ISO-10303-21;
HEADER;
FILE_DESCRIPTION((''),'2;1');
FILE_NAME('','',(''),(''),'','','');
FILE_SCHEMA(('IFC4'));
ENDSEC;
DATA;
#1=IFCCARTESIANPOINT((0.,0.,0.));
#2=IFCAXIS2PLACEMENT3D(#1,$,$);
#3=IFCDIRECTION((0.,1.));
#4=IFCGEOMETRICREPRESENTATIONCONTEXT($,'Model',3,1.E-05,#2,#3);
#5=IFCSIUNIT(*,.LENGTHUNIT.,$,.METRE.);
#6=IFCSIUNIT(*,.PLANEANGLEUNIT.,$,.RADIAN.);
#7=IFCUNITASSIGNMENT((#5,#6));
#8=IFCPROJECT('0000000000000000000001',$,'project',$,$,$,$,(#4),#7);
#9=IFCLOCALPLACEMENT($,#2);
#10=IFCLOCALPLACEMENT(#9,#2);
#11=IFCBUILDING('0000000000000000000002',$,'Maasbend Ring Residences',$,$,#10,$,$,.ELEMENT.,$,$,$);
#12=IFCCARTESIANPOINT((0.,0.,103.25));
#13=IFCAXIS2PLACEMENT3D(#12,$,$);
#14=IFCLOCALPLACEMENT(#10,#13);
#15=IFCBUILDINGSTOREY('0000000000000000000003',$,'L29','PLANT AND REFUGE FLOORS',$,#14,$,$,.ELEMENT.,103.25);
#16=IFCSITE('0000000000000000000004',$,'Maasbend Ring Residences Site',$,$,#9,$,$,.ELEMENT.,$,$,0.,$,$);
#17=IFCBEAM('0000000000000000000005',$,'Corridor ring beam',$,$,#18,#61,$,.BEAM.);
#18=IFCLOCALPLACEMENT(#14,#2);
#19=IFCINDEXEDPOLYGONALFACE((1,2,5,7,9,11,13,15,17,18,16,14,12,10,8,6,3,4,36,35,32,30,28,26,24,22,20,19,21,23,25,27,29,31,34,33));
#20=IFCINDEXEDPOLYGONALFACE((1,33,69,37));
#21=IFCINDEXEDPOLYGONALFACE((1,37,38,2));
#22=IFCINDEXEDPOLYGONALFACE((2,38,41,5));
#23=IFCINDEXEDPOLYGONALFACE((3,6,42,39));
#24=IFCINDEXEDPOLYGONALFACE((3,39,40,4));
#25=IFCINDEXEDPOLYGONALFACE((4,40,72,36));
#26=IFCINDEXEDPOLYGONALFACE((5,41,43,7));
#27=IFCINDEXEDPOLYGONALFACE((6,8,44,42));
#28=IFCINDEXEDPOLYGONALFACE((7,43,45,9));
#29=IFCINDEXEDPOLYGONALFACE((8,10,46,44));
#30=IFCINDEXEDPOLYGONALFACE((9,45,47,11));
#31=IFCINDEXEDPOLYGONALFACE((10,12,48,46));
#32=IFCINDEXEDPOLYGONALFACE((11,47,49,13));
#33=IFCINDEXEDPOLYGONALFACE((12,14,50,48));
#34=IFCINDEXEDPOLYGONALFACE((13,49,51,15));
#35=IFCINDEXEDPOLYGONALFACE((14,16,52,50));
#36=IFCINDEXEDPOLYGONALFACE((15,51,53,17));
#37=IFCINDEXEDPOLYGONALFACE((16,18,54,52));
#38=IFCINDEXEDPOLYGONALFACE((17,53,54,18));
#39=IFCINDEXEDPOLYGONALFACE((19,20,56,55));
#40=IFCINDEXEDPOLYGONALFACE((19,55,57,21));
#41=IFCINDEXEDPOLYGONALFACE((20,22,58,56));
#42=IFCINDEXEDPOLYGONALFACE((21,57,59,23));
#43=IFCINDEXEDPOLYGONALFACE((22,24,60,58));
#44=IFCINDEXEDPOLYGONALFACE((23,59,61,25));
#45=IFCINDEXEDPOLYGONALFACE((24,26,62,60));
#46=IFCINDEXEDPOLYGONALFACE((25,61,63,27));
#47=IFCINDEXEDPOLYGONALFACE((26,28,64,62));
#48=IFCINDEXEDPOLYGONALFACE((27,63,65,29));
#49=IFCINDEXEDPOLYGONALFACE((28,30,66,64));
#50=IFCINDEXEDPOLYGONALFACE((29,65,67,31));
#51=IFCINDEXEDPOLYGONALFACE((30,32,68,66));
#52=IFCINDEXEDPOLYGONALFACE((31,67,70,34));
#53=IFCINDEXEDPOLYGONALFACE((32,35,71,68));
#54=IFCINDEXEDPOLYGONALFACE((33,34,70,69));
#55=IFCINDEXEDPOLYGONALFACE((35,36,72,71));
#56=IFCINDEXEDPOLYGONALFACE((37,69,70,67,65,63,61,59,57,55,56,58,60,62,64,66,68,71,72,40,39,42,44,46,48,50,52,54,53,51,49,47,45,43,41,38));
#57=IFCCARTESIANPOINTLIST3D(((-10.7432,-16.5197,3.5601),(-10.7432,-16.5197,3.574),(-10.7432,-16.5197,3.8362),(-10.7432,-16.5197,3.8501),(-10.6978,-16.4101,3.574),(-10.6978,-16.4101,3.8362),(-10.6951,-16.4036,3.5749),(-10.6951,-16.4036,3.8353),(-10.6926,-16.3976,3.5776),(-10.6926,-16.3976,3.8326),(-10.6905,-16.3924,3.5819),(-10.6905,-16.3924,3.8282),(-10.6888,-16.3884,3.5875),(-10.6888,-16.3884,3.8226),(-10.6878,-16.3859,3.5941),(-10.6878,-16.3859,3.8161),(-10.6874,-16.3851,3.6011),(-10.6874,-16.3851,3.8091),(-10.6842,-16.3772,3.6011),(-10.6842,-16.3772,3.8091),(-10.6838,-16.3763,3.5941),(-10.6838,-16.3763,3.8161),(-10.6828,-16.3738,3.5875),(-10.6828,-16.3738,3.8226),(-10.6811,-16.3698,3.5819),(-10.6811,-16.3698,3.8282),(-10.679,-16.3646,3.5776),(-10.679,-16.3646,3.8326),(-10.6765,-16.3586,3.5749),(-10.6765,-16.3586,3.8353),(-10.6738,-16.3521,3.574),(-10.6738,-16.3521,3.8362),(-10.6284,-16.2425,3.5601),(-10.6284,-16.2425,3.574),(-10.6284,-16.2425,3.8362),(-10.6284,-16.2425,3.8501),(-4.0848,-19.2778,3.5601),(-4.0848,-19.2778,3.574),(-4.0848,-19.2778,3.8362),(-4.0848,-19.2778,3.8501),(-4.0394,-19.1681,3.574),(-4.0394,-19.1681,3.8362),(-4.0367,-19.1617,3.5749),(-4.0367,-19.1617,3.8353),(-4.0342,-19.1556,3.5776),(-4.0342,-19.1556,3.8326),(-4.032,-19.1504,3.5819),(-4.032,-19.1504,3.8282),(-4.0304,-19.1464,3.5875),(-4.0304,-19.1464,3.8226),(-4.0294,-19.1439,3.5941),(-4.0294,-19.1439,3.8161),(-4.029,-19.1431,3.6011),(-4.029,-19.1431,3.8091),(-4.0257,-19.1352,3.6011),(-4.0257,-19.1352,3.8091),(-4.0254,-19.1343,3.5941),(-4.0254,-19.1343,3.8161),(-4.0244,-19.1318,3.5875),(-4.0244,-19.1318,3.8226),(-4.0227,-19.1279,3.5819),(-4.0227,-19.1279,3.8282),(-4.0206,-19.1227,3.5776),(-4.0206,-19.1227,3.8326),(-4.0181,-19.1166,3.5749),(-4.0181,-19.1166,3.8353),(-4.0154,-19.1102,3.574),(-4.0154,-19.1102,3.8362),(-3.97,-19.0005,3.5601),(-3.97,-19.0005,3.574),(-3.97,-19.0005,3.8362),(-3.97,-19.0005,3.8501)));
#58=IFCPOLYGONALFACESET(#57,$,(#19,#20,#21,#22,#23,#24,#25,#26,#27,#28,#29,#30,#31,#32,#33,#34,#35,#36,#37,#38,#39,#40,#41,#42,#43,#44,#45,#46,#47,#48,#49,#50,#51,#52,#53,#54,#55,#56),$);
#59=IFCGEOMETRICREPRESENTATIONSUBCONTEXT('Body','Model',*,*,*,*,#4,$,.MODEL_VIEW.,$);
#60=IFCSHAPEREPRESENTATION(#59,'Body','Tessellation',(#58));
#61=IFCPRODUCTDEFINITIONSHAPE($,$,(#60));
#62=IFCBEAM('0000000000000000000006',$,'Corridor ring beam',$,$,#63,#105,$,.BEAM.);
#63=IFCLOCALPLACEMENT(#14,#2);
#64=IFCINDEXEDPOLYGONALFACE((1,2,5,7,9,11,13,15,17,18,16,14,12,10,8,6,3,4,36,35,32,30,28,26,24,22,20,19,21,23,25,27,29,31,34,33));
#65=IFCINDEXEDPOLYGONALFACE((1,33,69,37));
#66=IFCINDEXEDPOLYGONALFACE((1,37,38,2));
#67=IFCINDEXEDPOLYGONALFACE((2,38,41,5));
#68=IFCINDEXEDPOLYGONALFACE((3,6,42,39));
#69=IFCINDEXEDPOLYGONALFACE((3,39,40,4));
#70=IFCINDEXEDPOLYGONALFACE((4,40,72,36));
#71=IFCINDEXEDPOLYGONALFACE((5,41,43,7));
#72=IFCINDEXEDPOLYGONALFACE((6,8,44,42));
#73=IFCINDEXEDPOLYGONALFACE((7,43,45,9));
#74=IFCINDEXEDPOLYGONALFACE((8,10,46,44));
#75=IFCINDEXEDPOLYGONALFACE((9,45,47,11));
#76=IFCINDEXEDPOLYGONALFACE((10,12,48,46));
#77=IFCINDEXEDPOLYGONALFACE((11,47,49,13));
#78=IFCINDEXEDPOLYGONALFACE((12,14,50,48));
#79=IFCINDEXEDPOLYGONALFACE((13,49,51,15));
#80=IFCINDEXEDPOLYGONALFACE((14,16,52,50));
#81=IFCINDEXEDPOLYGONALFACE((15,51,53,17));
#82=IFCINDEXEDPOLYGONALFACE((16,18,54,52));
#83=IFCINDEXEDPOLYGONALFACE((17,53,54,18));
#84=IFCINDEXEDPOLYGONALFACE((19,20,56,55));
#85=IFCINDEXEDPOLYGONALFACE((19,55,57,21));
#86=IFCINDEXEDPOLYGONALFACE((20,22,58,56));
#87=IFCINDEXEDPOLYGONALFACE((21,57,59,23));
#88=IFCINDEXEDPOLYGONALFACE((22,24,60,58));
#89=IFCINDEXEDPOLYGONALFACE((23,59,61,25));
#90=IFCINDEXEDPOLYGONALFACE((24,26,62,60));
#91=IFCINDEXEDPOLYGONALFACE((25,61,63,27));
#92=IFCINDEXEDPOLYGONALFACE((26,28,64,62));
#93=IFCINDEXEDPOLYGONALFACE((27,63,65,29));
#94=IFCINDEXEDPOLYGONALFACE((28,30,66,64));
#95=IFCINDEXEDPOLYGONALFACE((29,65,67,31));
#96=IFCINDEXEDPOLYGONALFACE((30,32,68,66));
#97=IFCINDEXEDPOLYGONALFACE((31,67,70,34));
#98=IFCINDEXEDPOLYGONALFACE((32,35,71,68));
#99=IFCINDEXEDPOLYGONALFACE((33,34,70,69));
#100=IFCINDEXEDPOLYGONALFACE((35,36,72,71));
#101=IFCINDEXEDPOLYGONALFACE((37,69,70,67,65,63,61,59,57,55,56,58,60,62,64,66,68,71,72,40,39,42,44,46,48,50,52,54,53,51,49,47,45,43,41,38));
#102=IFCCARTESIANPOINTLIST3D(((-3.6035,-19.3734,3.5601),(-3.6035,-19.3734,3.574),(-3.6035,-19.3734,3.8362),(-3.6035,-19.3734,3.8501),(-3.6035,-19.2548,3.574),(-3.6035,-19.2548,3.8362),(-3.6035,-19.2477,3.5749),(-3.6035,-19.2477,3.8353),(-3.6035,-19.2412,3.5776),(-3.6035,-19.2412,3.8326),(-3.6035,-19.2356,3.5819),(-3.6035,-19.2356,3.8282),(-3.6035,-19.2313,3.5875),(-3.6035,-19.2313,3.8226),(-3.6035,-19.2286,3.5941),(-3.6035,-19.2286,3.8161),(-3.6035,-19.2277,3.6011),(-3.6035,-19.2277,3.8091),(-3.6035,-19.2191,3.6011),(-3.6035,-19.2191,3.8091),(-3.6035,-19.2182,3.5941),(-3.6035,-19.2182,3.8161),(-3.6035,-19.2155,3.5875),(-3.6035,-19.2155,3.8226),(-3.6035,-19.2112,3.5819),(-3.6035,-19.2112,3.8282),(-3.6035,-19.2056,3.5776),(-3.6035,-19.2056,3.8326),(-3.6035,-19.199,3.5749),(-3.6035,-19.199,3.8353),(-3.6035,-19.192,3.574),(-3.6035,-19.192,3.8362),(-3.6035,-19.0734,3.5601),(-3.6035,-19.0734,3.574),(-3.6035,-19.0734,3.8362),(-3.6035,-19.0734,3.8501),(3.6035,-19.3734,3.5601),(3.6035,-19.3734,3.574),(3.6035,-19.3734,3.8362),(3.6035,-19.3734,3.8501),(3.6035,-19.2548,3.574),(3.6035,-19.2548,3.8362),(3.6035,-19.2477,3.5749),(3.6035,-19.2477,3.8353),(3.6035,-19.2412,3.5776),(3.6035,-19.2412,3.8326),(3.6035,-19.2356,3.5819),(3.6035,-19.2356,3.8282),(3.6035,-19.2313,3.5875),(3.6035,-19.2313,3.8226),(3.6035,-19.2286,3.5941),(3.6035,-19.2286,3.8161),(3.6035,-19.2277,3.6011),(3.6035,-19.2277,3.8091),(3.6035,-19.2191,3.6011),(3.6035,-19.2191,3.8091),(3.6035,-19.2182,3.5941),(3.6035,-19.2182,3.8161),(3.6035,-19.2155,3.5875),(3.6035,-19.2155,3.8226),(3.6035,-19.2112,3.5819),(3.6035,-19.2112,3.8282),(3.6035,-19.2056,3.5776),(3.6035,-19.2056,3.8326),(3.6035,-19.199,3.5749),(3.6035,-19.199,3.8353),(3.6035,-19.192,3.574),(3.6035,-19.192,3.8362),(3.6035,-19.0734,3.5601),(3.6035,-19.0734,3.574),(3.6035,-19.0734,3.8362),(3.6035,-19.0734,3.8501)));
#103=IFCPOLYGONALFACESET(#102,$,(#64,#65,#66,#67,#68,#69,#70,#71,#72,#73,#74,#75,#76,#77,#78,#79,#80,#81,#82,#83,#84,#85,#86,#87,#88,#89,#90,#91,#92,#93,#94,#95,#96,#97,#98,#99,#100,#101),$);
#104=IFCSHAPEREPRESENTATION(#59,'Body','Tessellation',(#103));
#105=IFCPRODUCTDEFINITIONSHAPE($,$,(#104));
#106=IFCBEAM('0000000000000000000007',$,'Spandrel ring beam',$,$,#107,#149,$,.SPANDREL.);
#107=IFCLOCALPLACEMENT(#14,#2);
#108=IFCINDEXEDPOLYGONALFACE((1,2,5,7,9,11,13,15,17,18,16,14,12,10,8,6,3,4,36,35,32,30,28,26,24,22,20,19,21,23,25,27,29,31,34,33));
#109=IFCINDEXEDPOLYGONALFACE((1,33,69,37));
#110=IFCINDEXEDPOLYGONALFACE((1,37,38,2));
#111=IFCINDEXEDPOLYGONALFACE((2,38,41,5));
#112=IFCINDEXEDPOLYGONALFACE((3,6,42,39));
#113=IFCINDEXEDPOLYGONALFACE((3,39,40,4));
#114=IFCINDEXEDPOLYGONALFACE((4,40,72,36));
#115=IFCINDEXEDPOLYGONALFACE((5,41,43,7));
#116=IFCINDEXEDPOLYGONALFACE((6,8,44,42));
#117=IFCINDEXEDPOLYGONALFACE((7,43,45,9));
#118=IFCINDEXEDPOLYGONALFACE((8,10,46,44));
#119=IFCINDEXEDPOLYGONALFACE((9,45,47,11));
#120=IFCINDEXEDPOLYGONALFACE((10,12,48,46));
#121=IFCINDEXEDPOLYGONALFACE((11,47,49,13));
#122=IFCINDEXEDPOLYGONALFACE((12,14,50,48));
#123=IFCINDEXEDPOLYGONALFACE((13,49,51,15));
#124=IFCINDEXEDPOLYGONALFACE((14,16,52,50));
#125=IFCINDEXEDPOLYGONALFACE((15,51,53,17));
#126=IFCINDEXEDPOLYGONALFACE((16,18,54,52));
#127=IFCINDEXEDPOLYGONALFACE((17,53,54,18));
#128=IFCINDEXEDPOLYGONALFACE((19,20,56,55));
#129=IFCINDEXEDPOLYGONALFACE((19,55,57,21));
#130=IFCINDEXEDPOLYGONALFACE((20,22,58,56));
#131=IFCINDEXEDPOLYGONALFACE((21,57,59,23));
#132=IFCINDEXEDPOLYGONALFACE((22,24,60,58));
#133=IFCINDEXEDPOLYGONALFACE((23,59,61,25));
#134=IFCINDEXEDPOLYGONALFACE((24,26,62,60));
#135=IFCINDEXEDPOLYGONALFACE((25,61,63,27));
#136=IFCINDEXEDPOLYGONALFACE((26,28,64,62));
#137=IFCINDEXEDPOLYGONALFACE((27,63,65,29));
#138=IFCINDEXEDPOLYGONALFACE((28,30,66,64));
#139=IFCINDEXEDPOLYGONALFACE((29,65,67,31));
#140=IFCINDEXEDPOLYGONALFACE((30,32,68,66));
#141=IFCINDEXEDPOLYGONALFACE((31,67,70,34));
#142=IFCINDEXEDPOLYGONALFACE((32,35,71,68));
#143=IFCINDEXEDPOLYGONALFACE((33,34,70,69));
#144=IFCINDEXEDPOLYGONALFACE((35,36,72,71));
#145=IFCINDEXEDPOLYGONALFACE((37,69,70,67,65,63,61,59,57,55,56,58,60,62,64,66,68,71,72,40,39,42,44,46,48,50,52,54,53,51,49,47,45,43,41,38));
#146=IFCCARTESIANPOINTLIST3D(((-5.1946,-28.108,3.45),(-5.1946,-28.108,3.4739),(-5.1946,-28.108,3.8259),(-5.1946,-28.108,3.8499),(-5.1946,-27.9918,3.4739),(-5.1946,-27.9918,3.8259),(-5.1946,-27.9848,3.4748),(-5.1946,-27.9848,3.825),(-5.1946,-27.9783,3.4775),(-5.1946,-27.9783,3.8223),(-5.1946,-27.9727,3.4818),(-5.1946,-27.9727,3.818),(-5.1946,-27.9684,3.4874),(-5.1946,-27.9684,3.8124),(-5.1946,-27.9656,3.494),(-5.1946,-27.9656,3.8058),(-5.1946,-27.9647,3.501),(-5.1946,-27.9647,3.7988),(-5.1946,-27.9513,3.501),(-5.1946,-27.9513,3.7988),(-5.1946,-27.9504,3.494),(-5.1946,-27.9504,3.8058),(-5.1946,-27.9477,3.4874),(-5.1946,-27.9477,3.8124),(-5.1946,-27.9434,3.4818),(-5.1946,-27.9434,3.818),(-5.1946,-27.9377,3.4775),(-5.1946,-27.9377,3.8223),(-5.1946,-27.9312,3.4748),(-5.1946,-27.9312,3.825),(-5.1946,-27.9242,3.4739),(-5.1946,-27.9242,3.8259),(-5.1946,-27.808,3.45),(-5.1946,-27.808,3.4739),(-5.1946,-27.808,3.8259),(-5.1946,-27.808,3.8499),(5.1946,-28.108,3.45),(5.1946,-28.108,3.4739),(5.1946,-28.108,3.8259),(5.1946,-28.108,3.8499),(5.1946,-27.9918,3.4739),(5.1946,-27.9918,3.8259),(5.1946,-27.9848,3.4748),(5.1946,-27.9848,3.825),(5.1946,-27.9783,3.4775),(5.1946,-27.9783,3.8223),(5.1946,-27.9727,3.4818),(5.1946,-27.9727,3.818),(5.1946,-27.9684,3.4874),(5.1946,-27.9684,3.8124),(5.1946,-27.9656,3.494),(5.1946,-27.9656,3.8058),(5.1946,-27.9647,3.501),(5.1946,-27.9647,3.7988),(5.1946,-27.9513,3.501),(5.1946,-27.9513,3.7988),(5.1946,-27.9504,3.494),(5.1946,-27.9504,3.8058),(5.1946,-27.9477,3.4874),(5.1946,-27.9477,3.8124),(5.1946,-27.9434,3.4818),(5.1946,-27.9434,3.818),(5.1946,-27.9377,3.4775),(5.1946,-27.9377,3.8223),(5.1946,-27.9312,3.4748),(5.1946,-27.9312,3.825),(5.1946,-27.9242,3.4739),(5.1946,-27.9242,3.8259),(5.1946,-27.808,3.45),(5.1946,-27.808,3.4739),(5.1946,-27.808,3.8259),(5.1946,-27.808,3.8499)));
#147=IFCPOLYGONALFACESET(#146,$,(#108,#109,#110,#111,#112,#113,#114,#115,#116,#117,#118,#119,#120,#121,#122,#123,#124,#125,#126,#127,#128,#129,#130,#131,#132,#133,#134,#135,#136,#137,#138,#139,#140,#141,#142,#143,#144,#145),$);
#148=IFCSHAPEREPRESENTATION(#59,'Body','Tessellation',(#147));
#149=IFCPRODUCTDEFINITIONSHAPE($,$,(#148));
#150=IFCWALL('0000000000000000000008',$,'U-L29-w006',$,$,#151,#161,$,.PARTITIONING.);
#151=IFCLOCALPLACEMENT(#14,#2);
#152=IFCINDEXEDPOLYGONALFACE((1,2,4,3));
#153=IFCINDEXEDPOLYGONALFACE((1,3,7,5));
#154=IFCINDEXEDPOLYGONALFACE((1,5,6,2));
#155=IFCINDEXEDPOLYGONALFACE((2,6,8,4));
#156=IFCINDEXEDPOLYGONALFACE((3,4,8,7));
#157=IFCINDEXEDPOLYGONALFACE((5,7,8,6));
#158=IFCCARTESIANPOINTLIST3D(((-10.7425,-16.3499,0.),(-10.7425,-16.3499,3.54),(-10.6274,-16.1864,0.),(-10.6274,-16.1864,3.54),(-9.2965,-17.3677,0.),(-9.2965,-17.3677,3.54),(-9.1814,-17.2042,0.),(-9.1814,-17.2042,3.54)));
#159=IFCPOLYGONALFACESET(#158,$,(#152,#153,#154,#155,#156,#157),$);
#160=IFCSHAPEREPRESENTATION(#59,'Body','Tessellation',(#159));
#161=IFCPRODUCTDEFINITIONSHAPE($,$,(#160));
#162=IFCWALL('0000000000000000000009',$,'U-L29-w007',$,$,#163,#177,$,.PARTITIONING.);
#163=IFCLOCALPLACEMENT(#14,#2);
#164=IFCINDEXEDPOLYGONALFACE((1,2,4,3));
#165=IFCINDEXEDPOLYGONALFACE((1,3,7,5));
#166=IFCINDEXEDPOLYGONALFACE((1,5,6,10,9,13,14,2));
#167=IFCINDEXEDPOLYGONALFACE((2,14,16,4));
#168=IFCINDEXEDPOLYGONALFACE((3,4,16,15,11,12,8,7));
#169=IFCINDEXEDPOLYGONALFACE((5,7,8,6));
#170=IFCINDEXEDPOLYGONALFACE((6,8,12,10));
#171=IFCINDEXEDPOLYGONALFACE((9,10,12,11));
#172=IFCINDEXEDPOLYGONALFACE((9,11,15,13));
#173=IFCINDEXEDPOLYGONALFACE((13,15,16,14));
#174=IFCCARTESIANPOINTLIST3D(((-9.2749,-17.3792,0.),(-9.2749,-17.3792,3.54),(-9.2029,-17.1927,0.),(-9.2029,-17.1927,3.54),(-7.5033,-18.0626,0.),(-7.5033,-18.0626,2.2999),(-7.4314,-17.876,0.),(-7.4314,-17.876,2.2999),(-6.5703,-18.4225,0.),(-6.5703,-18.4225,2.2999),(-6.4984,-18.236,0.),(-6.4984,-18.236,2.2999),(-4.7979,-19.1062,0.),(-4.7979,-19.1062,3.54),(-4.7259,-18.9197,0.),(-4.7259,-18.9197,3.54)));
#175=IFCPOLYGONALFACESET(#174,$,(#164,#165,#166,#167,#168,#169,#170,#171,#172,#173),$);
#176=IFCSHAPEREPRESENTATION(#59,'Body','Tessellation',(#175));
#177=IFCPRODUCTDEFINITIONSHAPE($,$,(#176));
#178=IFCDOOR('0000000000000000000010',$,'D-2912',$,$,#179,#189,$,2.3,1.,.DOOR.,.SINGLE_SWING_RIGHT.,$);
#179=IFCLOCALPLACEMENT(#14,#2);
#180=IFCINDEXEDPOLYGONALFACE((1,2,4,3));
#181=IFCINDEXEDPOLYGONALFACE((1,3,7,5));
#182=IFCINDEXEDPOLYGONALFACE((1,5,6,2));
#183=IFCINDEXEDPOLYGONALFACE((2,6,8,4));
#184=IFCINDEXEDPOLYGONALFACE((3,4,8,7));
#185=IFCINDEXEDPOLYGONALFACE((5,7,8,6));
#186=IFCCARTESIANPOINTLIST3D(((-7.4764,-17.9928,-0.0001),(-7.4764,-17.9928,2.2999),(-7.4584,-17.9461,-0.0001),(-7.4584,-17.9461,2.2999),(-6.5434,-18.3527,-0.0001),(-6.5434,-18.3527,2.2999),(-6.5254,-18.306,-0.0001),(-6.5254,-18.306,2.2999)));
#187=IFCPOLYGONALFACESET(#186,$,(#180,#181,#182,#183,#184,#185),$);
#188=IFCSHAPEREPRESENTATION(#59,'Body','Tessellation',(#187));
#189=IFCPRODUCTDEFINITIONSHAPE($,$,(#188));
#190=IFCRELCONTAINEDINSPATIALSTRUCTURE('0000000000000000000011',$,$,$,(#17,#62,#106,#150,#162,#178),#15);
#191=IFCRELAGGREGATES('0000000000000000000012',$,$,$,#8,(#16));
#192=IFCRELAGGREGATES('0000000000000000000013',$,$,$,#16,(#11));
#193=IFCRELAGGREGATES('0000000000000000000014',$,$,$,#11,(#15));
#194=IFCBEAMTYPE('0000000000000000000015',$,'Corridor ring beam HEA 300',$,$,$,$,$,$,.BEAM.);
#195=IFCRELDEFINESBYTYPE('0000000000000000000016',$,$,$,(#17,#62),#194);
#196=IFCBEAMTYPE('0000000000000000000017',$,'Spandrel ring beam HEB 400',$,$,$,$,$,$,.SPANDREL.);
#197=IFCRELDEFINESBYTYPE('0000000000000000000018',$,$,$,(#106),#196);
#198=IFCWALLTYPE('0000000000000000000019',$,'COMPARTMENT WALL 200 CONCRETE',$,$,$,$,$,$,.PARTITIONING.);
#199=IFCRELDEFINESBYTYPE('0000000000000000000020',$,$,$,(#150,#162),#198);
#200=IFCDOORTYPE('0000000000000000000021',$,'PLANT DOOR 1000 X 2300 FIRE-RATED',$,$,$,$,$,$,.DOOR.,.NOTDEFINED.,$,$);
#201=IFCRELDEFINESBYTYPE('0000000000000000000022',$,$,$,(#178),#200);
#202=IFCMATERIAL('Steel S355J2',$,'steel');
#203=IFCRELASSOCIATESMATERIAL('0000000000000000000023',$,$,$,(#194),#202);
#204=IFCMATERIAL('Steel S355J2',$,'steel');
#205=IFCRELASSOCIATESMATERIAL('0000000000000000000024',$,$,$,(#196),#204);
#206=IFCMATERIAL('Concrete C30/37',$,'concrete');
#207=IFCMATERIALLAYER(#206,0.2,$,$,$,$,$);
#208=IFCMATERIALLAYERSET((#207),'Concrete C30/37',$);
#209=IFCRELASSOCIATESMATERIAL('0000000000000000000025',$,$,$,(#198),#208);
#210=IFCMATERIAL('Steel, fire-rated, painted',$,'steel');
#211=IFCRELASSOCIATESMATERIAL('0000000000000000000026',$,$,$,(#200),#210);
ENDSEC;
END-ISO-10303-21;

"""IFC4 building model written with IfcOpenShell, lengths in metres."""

from ifc_helpers import new_model, si_unit, direction, frame, frame_2d, origin, origin_2d, place, context, subcontext, project, spatial, rectangle, i_section, extrude, material, layer, layer_set, material_profile, profile_set, type_object, element, fill, save


model = new_model("IFC4")

# Units and contexts
model_context = context("Model", 3, precision=1e-05, world=origin(), true_north=direction((0.0, 1.0)))
body_context = subcontext(model_context, "Body", "Model", "MODEL_VIEW")
ifc_project = project(units=[si_unit("LENGTHUNIT", "METRE"), si_unit("PLANEANGLEUNIT", "RADIAN")], contexts=[model_context])

# Site, building, storey
site_placement = place(None, origin())
site = spatial("IfcSite", under=ifc_project, at=site_placement, Name="Maasbend Ring Residences Site", CompositionType="ELEMENT", RefElevation=0.0)
building_placement = place(site_placement, origin())
building = spatial("IfcBuilding", under=site, at=building_placement, Name="Maasbend Ring Residences", CompositionType="ELEMENT")
storey_placement = place(building_placement, frame((0.0, 0.0, 103.25)))
storey = spatial("IfcBuildingStorey", under=building, at=storey_placement, Name="L29", Description="PLANT AND REFUGE FLOORS", CompositionType="ELEMENT", Elevation=103.25)

# Beams
ifc_material_1 = material(Name="Steel S355J2", Category="steel")
ifc_material_profile_1 = material_profile(ifc_material_1, i_section(OverallWidth=0.3, OverallDepth=0.29, WebThickness=0.0085, FlangeThickness=0.0139, FilletRadius=0.0271, at=origin_2d()), Name="HEA 300")
ifc_profile_set_1 = profile_set([ifc_material_profile_1], Name="Steel S355J2")
beam_type_1 = type_object("IfcBeamType", Name="Corridor ring beam HEA 300", PredefinedType="BEAM", material=ifc_profile_set_1)
for number, where, z_axis, x_axis, name in (
    (1, (-10.6858, -16.3811, 3.7051), (0.923878, -0.382688, 0.0), (0.382688, 0.923878, 0.0), "Corridor ring beam"),
    (2, (-3.6035, -19.2234, 3.7051), (1.0, 0.0, 0.0), (0.0, 1.0, 0.0), "Corridor ring beam"),
):
    element("IfcBeam", number, at=place(storey_placement, frame(where, z_axis=z_axis, x_axis=x_axis)), inside=storey, type_object=beam_type_1, Name=name, PredefinedType="BEAM", context=body_context, shape_type="SweptSolid", body=[
        extrude(i_section(OverallWidth=0.3, OverallDepth=0.29, WebThickness=0.0085, FlangeThickness=0.0139, FilletRadius=0.0271, at=origin_2d()), origin(), (0.0, 0.0, 1.0), 7.207),
    ])
ifc_material_2 = material(Name="Steel S355J2", Category="steel")
ifc_material_profile_2 = material_profile(ifc_material_2, i_section(OverallWidth=0.3, OverallDepth=0.3999, WebThickness=0.0134, FlangeThickness=0.0239, FilletRadius=0.0271, at=origin_2d()), Name="HEB 400")
ifc_profile_set_2 = profile_set([ifc_material_profile_2], Name="Steel S355J2")
beam_type_2 = type_object("IfcBeamType", Name="Spandrel ring beam HEB 400", PredefinedType="SPANDREL", material=ifc_profile_set_2)
beam_placement = place(storey_placement, frame((-5.1946, -27.958, 3.6499), z_axis=(1.0, 0.0, 0.0), x_axis=(0.0, 1.0, 0.0)))
element("IfcBeam", 3, at=beam_placement, inside=storey, type_object=beam_type_2, Name="Spandrel ring beam", PredefinedType="SPANDREL", context=body_context, shape_type="SweptSolid", body=[
    extrude(i_section(OverallWidth=0.3, OverallDepth=0.3999, WebThickness=0.0134, FlangeThickness=0.0239, FilletRadius=0.0271, at=origin_2d()), origin(), (0.0, 0.0, 1.0), 10.3892),
])

# Wall
ifc_material_3 = material(Name="Concrete C30/37", Category="concrete")
ifc_layer_1 = layer(ifc_material_3, 0.2)
ifc_layer_set_1 = layer_set([ifc_layer_1], Name="Concrete C30/37")
wall_type_1 = type_object("IfcWallType", Name="COMPARTMENT WALL 200 CONCRETE", PredefinedType="PARTITIONING", material=ifc_layer_set_1)
wall_1_placement = place(storey_placement, frame((-10.6851, -16.2681, 0.0), z_axis=(0.0, 0.0, 1.0), x_axis=(0.817744, -0.575582, 0.0)))
element("IfcWall", 4, at=wall_1_placement, inside=storey, type_object=wall_type_1, Name="U-L29-w006", PredefinedType="PARTITIONING", context=body_context, shape_type="SweptSolid", body=[
    extrude(rectangle(XDim=1.7683, YDim=0.2, at=frame_2d((0.8843, 0.0))), origin(), (0.0, 0.0, 1.0), 3.54),
])

# Wall, opening, door
wall_2_placement = place(storey_placement, frame((-9.239, -17.2859, 0.0), z_axis=(0.0, 0.0, 1.0), x_axis=(0.932988, -0.359906, 0.0)))
wall_2 = element("IfcWall", 5, at=wall_2_placement, inside=storey, type_object=wall_type_1, Name="U-L29-w007", PredefinedType="PARTITIONING", context=body_context, shape_type="SweptSolid", body=[
    extrude(rectangle(XDim=4.7986, YDim=0.2, at=frame_2d((2.3994, 0.0))), origin(), (0.0, 0.0, 1.0), 3.54),
])
opening_1_placement = place(wall_2_placement, frame((1.8989, 0.0, 0.0)))
opening_1 = element("IfcOpeningElement", 6, at=opening_1_placement, cuts=wall_2, PredefinedType="OPENING", context=body_context, shape_type="SweptSolid", body=[
    extrude(rectangle(XDim=1.0, YDim=2.3, at=frame_2d((0.5, 1.1499))), frame((0.0, 0.1099, 0.0), z_axis=(0.0, -1.0, 0.0), x_axis=(1.0, 0.0, 0.0)), (0.0, 0.0, 1.0), 0.22),
])
ifc_material_4 = material(Name="Steel, fire-rated, painted", Category="steel")
door_type = type_object("IfcDoorType", Name="PLANT DOOR 1000 X 2300 FIRE-RATED", OperationType="NOTDEFINED", PredefinedType="DOOR", material=ifc_material_4)
door_1_placement = place(opening_1_placement, origin())
door_1 = element("IfcDoor", 7, at=door_1_placement, inside=storey, type_object=door_type, Name="D-2912", OperationType="SINGLE_SWING_RIGHT", OverallHeight=2.3, OverallWidth=1.0, PredefinedType="DOOR", context=body_context, shape_type="SweptSolid", body=[
    extrude(rectangle(XDim=1.0, YDim=2.3, at=frame_2d((0.5, 1.1499))), frame((0.0, 0.0249, 0.0), z_axis=(0.0, -1.0, 0.0), x_axis=(1.0, 0.0, 0.0)), (0.0, 0.0, 1.0), 0.05),
])
fill(opening_1, door_1)

save(model, "model.ifc")
